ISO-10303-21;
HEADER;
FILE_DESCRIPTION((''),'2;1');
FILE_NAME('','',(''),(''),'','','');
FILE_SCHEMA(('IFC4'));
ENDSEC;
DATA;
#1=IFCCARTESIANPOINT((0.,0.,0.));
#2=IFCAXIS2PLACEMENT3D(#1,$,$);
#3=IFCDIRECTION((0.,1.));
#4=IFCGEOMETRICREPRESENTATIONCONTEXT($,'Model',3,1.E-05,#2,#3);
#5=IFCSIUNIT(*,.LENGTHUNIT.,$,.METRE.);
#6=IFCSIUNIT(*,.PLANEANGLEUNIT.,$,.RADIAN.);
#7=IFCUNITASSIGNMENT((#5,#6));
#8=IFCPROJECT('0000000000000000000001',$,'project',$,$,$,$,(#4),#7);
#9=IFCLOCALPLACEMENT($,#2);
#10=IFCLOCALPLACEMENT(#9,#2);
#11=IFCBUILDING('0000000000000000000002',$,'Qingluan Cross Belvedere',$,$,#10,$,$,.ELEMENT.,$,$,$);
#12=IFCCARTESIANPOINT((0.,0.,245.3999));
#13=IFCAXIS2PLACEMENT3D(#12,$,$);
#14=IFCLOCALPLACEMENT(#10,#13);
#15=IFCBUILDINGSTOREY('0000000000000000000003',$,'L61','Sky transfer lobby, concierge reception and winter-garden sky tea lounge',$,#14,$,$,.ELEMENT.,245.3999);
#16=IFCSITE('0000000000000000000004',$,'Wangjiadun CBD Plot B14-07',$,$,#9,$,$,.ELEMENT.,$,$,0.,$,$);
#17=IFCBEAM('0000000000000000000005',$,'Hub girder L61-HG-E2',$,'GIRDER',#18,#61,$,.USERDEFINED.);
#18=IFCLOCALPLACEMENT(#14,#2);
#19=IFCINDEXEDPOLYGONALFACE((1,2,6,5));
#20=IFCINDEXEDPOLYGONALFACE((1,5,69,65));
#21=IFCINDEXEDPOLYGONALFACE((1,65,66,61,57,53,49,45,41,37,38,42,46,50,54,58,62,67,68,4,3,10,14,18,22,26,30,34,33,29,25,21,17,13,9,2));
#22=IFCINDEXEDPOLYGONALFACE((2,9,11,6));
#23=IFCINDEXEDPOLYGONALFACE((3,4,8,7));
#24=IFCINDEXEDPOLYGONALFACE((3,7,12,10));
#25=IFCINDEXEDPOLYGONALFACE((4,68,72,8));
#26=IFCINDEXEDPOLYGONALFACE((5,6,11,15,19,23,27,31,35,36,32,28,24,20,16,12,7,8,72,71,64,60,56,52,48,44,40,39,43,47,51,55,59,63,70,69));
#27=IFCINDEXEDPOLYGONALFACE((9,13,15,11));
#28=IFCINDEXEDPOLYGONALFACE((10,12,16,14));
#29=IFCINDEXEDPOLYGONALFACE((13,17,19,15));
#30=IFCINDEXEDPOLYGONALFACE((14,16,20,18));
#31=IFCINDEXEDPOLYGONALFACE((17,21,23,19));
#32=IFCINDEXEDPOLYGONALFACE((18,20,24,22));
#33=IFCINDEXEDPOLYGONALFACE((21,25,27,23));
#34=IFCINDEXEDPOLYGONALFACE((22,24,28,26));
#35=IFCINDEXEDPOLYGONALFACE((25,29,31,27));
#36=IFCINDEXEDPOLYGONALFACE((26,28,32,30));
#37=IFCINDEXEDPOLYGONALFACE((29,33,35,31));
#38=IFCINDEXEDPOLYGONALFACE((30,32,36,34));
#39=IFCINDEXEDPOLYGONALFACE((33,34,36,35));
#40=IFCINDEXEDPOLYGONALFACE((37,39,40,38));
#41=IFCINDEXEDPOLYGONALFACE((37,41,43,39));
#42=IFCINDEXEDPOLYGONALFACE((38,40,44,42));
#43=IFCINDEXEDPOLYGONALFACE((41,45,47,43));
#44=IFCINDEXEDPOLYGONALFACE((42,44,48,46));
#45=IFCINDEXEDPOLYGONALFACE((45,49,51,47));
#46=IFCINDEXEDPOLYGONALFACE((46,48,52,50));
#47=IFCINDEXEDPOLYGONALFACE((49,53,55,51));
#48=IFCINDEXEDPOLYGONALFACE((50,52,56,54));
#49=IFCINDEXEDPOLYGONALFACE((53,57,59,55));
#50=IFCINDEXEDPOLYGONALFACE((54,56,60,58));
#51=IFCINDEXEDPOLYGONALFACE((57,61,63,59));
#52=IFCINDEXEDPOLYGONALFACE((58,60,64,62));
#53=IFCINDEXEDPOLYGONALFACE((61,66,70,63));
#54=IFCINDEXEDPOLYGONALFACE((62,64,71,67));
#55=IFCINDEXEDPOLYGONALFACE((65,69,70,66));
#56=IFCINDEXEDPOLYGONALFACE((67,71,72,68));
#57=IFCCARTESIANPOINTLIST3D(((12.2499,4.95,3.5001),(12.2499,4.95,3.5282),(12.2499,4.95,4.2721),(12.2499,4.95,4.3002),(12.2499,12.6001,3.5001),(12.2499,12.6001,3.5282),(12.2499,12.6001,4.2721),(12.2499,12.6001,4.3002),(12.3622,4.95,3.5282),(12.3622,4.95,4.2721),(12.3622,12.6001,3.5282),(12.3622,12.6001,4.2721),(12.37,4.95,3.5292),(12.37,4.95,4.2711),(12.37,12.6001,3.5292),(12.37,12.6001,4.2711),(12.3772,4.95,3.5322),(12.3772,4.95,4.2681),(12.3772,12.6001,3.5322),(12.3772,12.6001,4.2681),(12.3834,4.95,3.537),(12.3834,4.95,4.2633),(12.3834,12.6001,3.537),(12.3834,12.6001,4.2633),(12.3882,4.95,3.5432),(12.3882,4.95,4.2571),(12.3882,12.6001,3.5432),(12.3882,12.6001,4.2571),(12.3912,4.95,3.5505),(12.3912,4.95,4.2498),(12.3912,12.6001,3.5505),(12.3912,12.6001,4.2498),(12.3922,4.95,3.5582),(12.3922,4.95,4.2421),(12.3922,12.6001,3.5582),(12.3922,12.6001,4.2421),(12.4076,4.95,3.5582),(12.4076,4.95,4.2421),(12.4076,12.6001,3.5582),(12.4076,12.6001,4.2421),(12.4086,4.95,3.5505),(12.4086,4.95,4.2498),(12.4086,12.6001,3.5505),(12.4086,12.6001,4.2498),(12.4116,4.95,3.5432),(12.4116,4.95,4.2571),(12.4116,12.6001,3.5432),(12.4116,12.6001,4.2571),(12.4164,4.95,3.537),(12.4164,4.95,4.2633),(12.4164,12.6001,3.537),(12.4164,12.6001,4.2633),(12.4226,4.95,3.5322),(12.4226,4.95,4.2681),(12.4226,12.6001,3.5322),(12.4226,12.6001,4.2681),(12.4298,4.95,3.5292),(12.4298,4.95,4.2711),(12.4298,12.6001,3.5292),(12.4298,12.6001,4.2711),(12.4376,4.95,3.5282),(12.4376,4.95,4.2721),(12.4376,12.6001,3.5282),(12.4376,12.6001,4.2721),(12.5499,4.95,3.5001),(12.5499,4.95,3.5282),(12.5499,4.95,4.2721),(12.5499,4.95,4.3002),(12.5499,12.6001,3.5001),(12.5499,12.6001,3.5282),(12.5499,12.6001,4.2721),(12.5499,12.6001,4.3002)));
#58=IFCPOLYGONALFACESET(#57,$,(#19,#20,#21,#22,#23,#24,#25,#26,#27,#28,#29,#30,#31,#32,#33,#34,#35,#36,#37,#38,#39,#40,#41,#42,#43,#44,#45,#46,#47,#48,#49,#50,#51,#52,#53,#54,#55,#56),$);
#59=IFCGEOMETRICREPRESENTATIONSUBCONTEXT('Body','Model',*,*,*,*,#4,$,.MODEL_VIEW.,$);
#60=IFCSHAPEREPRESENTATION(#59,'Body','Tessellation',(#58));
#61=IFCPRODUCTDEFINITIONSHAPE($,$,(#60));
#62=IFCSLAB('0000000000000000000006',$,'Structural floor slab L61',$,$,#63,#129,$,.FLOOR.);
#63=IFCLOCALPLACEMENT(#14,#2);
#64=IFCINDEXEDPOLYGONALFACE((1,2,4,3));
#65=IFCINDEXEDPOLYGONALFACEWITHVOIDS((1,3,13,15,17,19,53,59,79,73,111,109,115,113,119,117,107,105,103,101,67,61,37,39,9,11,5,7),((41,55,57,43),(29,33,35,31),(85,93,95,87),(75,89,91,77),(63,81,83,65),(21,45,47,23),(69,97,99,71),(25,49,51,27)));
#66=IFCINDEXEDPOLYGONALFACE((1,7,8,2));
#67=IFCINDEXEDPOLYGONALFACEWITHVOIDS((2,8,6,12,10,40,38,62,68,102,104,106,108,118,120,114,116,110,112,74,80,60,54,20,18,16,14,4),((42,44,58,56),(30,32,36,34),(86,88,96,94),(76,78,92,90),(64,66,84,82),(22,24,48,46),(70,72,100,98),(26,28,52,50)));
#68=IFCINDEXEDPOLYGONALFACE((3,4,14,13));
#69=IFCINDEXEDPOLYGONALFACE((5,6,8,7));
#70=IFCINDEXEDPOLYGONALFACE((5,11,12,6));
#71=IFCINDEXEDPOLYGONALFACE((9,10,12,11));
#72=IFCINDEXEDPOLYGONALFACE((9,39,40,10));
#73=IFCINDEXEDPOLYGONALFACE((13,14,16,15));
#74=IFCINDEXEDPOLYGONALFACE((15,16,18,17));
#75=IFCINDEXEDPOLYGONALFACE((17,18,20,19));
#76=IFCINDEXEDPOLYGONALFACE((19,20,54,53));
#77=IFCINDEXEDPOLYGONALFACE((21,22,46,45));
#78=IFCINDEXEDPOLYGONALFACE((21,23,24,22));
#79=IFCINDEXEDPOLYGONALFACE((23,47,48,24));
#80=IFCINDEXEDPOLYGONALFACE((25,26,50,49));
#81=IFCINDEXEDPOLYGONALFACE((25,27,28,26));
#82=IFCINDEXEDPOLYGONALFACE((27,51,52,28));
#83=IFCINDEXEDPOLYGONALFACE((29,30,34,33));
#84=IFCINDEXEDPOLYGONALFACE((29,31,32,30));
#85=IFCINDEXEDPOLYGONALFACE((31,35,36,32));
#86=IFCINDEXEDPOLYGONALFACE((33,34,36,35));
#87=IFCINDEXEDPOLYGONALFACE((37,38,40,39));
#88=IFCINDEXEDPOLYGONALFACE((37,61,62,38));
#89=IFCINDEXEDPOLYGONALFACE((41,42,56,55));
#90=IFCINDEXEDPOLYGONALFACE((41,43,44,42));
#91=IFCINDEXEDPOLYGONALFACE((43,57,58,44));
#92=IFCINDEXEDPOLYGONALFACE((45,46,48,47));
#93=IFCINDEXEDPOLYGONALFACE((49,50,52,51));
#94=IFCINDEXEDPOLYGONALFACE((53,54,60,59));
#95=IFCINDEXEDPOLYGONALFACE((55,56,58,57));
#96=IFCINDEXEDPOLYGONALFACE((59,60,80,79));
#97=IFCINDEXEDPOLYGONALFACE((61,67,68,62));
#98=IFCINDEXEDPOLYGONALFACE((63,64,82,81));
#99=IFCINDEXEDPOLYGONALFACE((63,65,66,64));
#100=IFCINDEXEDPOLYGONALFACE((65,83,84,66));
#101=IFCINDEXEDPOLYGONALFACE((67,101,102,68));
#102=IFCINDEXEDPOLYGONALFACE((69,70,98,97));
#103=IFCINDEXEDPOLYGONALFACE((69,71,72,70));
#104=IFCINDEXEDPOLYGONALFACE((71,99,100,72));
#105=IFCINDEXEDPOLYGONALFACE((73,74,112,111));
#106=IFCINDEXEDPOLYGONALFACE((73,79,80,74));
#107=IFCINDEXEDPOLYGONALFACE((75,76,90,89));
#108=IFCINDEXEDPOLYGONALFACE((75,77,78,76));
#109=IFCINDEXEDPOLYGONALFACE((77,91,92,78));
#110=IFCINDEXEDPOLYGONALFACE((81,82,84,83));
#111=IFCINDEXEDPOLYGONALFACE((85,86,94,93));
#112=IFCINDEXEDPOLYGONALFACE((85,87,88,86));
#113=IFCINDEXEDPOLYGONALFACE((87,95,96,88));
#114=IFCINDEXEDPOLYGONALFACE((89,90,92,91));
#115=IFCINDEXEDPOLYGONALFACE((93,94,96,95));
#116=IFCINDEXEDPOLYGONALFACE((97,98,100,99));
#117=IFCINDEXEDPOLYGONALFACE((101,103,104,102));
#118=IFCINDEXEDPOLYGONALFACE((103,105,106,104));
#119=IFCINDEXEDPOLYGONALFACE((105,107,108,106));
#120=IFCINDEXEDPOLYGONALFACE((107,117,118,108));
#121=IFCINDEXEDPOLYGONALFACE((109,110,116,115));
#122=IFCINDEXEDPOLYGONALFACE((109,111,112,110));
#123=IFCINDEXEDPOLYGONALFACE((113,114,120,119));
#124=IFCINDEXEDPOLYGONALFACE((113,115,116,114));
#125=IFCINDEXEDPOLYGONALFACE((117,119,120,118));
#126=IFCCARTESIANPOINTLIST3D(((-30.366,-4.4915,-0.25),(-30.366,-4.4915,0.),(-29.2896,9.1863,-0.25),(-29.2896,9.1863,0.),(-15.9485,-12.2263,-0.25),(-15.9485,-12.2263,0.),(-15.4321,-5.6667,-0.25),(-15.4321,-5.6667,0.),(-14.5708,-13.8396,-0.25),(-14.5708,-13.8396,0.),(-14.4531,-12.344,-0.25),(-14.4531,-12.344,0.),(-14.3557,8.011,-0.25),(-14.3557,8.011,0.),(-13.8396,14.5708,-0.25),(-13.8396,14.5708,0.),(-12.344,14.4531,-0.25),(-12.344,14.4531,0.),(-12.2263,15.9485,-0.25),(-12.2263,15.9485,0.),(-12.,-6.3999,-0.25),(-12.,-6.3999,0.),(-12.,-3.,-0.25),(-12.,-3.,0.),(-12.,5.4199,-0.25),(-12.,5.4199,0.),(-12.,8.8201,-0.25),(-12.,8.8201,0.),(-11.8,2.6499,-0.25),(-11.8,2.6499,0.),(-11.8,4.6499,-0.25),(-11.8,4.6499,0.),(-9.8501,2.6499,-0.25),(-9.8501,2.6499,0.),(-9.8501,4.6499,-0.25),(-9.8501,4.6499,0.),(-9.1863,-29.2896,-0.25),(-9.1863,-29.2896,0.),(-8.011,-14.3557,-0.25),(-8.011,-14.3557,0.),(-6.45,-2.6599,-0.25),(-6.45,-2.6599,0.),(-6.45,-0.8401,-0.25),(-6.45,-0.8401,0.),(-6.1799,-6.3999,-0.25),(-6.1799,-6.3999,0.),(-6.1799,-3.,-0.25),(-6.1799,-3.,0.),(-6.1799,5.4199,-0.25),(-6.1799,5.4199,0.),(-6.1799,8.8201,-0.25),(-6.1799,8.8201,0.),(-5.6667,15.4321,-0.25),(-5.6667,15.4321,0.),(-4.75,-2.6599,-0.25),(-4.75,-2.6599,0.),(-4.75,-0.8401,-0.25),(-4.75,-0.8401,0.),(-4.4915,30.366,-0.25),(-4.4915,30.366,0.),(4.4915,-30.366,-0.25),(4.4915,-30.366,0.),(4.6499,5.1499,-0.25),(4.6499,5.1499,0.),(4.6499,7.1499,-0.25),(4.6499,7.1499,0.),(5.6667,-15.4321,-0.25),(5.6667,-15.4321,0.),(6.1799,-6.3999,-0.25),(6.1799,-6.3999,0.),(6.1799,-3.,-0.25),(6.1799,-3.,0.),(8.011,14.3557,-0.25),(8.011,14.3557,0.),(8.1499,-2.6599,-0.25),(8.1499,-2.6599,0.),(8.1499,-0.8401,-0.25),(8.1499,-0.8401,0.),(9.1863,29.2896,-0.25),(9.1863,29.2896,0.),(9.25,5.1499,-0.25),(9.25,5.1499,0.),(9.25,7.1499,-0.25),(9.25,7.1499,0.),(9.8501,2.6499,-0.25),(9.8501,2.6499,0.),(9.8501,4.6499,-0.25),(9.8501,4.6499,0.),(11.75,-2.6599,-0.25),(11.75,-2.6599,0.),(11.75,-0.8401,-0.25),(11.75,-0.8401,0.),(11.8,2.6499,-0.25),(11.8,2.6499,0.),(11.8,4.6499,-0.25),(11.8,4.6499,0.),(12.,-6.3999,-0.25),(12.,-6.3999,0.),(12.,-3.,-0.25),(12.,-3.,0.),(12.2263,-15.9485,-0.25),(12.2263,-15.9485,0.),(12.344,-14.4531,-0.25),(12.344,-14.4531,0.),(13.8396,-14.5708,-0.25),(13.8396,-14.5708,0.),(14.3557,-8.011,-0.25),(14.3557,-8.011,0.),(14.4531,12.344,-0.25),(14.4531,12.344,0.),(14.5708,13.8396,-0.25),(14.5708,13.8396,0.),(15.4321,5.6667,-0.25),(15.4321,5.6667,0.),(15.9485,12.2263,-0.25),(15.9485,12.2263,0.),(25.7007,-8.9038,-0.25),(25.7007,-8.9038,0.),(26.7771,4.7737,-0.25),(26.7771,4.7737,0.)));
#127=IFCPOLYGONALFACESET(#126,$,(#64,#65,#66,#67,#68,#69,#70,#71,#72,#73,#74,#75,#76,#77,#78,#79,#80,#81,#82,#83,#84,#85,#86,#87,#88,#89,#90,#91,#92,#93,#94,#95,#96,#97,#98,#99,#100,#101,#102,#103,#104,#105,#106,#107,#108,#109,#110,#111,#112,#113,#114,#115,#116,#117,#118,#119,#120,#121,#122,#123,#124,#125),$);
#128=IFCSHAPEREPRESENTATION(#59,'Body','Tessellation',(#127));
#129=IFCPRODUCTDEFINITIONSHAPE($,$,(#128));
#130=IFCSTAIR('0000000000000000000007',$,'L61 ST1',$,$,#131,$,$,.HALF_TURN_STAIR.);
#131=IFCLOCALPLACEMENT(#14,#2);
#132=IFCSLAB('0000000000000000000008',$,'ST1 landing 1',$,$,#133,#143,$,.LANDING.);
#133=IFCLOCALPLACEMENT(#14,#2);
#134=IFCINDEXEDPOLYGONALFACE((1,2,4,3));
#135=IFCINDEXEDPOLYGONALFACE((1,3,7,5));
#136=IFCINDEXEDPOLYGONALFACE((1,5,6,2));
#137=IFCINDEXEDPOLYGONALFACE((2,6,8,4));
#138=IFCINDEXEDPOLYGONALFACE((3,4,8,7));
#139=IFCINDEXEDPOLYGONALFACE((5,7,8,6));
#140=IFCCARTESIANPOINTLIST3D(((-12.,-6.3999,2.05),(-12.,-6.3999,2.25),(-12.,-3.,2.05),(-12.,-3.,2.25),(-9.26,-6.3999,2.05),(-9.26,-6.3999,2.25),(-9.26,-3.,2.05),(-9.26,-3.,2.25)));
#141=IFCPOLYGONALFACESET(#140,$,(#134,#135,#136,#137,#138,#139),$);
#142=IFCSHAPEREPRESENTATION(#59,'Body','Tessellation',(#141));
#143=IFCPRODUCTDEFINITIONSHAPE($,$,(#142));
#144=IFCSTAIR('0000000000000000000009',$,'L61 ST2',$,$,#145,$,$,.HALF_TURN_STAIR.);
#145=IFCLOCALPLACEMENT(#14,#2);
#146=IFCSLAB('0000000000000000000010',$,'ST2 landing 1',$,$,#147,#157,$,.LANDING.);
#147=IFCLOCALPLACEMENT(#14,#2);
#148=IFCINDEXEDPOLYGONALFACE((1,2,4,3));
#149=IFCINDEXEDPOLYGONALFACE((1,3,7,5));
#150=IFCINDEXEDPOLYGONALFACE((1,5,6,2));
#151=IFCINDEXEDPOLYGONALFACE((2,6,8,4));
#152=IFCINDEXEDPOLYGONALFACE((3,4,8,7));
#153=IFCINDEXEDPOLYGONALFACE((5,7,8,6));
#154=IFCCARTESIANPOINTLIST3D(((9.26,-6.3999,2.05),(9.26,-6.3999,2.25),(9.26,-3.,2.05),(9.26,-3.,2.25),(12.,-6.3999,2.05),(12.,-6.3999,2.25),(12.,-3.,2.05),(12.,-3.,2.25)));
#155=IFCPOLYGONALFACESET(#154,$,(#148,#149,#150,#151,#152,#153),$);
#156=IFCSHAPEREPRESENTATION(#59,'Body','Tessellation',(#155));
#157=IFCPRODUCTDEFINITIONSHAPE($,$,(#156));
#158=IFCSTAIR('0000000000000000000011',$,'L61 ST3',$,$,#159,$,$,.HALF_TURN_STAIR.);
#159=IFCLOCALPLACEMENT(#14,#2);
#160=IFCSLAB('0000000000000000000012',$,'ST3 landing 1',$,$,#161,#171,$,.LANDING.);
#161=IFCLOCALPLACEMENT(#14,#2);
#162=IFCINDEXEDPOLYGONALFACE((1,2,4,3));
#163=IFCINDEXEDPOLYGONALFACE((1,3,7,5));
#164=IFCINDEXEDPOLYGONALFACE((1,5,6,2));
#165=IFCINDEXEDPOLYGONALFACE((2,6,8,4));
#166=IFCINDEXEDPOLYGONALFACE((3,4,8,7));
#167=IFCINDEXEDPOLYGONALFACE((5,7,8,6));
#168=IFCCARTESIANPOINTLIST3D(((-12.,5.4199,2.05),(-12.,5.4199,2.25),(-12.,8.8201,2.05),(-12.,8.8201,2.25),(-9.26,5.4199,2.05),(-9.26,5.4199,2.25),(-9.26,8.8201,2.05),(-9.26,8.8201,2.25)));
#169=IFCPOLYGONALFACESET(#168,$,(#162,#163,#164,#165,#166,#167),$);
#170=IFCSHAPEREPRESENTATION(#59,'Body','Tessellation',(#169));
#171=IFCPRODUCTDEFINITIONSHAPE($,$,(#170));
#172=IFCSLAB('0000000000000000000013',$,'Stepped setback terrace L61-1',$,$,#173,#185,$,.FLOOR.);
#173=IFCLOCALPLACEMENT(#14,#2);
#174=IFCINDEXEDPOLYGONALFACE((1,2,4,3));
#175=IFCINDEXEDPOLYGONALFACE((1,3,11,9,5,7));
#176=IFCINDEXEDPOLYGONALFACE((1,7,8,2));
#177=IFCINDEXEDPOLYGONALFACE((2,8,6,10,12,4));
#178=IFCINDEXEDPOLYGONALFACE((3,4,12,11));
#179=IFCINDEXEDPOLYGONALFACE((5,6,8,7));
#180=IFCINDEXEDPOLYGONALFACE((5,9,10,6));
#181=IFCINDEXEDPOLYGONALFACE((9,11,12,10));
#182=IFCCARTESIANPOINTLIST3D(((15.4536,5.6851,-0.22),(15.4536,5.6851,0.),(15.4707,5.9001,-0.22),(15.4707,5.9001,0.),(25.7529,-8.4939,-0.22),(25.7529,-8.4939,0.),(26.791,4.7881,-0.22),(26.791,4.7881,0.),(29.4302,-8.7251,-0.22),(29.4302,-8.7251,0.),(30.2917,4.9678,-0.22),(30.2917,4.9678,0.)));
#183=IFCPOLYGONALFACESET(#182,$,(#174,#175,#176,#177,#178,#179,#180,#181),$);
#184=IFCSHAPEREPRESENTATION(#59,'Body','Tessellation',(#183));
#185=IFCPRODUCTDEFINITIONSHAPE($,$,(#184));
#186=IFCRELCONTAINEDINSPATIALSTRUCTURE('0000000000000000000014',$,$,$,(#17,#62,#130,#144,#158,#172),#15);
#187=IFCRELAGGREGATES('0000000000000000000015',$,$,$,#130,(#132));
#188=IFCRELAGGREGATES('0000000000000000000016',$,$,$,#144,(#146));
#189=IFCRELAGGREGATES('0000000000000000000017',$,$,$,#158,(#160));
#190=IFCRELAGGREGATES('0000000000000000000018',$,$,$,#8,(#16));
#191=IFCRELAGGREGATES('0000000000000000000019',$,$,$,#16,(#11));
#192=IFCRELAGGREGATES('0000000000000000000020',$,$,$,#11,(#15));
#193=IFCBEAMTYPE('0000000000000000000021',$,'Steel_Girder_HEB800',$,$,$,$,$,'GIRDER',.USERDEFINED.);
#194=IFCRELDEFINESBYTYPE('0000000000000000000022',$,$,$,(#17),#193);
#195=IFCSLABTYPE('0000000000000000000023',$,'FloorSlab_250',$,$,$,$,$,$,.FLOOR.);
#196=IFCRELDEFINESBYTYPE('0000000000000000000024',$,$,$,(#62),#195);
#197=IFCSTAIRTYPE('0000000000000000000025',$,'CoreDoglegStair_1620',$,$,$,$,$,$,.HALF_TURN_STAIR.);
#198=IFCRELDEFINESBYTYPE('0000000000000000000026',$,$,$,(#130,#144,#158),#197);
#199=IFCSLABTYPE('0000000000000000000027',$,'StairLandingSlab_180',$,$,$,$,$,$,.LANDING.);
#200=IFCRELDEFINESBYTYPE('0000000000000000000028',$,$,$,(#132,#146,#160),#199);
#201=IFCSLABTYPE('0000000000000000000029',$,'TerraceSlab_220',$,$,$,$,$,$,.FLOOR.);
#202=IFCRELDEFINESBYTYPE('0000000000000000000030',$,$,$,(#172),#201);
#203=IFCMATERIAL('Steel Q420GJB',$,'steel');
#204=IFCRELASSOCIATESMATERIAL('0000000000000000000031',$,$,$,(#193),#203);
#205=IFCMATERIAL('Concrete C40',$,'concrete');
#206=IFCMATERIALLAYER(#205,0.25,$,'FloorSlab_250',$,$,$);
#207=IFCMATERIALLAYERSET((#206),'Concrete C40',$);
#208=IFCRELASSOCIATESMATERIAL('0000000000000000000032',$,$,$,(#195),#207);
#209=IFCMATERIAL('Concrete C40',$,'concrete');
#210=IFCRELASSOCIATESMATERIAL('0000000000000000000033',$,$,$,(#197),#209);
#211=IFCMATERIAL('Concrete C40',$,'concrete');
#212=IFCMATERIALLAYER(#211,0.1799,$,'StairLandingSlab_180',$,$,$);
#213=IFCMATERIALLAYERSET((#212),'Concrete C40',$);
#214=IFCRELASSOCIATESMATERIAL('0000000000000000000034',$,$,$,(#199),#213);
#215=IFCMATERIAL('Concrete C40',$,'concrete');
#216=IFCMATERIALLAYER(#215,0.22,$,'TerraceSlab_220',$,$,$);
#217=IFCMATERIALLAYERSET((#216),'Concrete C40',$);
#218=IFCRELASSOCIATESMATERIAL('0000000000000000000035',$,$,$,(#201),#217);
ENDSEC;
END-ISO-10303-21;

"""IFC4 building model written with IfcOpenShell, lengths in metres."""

from ifc_helpers import new_model, si_unit, direction, frame, origin, origin_2d, place, context, subcontext, project, spatial, polyline, i_section, outline, extrude, material, layer, layer_set, material_profile, profile_set, type_object, element, aggregate, save


model = new_model("IFC4")

# Units and contexts
model_context = context("Model", 3, precision=1e-05, world=origin(), true_north=direction((0.0, 1.0)))
body_context = subcontext(model_context, "Body", "Model", "MODEL_VIEW")
ifc_project = project(units=[si_unit("LENGTHUNIT", "METRE"), si_unit("PLANEANGLEUNIT", "RADIAN")], contexts=[model_context])

# Site, building, storey
site_placement = place(None, origin())
site = spatial("IfcSite", under=ifc_project, at=site_placement, Name="Wangjiadun CBD Plot B14-07", CompositionType="ELEMENT", RefElevation=0.0)
building_placement = place(site_placement, origin())
building = spatial("IfcBuilding", under=site, at=building_placement, Name="Qingluan Cross Belvedere", CompositionType="ELEMENT")
storey_placement = place(building_placement, frame((0.0, 0.0, 245.3999)))
storey = spatial("IfcBuildingStorey", under=building, at=storey_placement, Name="L61", Description="Sky transfer lobby, concierge reception and winter-garden sky tea lounge", CompositionType="ELEMENT", Elevation=245.3999)

# Beam
ifc_material_1 = material(Name="Steel Q420GJB", Category="steel")
ifc_material_profile = material_profile(ifc_material_1, i_section(OverallWidth=0.3, OverallDepth=0.8, WebThickness=0.0154, FlangeThickness=0.0281, FilletRadius=0.03, at=origin_2d()), Name="HEB800")
ifc_profile_set = profile_set([ifc_material_profile], Name="Steel Q420GJB")
beam_type = type_object("IfcBeamType", Name="Steel_Girder_HEB800", ElementType="GIRDER", PredefinedType="USERDEFINED", material=ifc_profile_set)
beam_placement = place(storey_placement, frame((12.3999, 4.95, 3.9001), z_axis=(0.0, 1.0, 0.0), x_axis=(-1.0, 0.0, 0.0)))
element("IfcBeam", 1, at=beam_placement, inside=storey, type_object=beam_type, Name="Hub girder L61-HG-E2", ObjectType="GIRDER", PredefinedType="USERDEFINED", context=body_context, shape_type="SweptSolid", body=[
    extrude(i_section(OverallWidth=0.3, OverallDepth=0.8, WebThickness=0.0154, FlangeThickness=0.0281, FilletRadius=0.03, at=origin_2d()), origin(), (0.0, 0.0, 1.0), 7.6501),
])

# Slab
ifc_material_2 = material(Name="Concrete C40", Category="concrete")
ifc_layer_1 = layer(ifc_material_2, 0.25, Name="FloorSlab_250")
ifc_layer_set_1 = layer_set([ifc_layer_1], Name="Concrete C40")
slab_type_1 = type_object("IfcSlabType", Name="FloorSlab_250", PredefinedType="FLOOR", material=ifc_layer_set_1)
slab_1_placement = place(storey_placement, frame((0.0, 0.0, -0.25)))
element("IfcSlab", 2, at=slab_1_placement, inside=storey, type_object=slab_type_1, Name="Structural floor slab L61", PredefinedType="FLOOR", context=body_context, shape_type="SweptSolid", body=[
    extrude(outline(polyline([(4.4915, -30.366), (5.6667, -15.4321), (12.2263, -15.9485), (12.344, -14.4531), (13.8396, -14.5708), (14.3557, -8.011), (25.7007, -8.9038), (26.7771, 4.7737), (15.4321, 5.6667), (15.9485, 12.2263), (14.4531, 12.344), (14.5708, 13.8396), (8.011, 14.3557), (9.1863, 29.2896), (-4.4915, 30.366), (-5.6667, 15.4321), (-12.2263, 15.9485), (-12.344, 14.4531), (-13.8396, 14.5708), (-14.3557, 8.011), (-29.2896, 9.1863), (-30.366, -4.4915), (-15.4321, -5.6667), (-15.9485, -12.2263), (-14.4531, -12.344), (-14.5708, -13.8396), (-8.011, -14.3557), (-9.1863, -29.2896), (4.4915, -30.366)]), holes=[polyline([(-12.0, -3.0), (-6.1799, -3.0), (-6.1799, -6.3999), (-12.0, -6.3999), (-12.0, -3.0)]), polyline([(6.1799, -3.0), (12.0, -3.0), (12.0, -6.3999), (6.1799, -6.3999), (6.1799, -3.0)]), polyline([(-12.0, 8.8201), (-6.1799, 8.8201), (-6.1799, 5.4199), (-12.0, 5.4199), (-12.0, 8.8201)]), polyline([(-11.8, 4.6499), (-9.8501, 4.6499), (-9.8501, 2.6499), (-11.8, 2.6499), (-11.8, 4.6499)]), polyline([(9.8501, 4.6499), (11.8, 4.6499), (11.8, 2.6499), (9.8501, 2.6499), (9.8501, 4.6499)]), polyline([(-6.45, -0.8401), (-4.75, -0.8401), (-4.75, -2.6599), (-6.45, -2.6599), (-6.45, -0.8401)]), polyline([(8.1499, -0.8401), (11.75, -0.8401), (11.75, -2.6599), (8.1499, -2.6599), (8.1499, -0.8401)]), polyline([(4.6499, 7.1499), (9.25, 7.1499), (9.25, 5.1499), (4.6499, 5.1499), (4.6499, 7.1499)])]), origin(), (0.0, 0.0, 1.0), 0.25),
])

# Stairs, slabs
ifc_material_3 = material(Name="Concrete C40", Category="concrete")
stair_type = type_object("IfcStairType", Name="CoreDoglegStair_1620", PredefinedType="HALF_TURN_STAIR", material=ifc_material_3)
stair_1_placement = place(storey_placement, origin())
stair_1 = element("IfcStair", 3, at=stair_1_placement, inside=storey, type_object=stair_type, Name="L61 ST1", PredefinedType="HALF_TURN_STAIR")
ifc_material_4 = material(Name="Concrete C40", Category="concrete")
ifc_layer_2 = layer(ifc_material_4, 0.1799, Name="StairLandingSlab_180")
ifc_layer_set_2 = layer_set([ifc_layer_2], Name="Concrete C40")
slab_type_2 = type_object("IfcSlabType", Name="StairLandingSlab_180", PredefinedType="LANDING", material=ifc_layer_set_2)
slab_2_placement = place(storey_placement, frame((0.0, 0.0, 2.05)))
slab_2 = element("IfcSlab", 4, at=slab_2_placement, type_object=slab_type_2, Name="ST1 landing 1", PredefinedType="LANDING", context=body_context, shape_type="SweptSolid", body=[
    extrude(outline(polyline([(-9.26, -3.0), (-12.0, -3.0), (-12.0, -6.3999), (-9.26, -6.3999), (-9.26, -3.0)])), origin(), (0.0, 0.0, 1.0), 0.2),
])
aggregate(stair_1, [slab_2])
stair_2_placement = place(storey_placement, origin())
stair_2 = element("IfcStair", 5, at=stair_2_placement, inside=storey, type_object=stair_type, Name="L61 ST2", PredefinedType="HALF_TURN_STAIR")
slab_3_placement = place(storey_placement, frame((0.0, 0.0, 2.05)))
slab_3 = element("IfcSlab", 6, at=slab_3_placement, type_object=slab_type_2, Name="ST2 landing 1", PredefinedType="LANDING", context=body_context, shape_type="SweptSolid", body=[
    extrude(outline(polyline([(9.26, -6.3999), (12.0, -6.3999), (12.0, -3.0), (9.26, -3.0), (9.26, -6.3999)])), origin(), (0.0, 0.0, 1.0), 0.2),
])
aggregate(stair_2, [slab_3])
stair_3_placement = place(storey_placement, origin())
stair_3 = element("IfcStair", 7, at=stair_3_placement, inside=storey, type_object=stair_type, Name="L61 ST3", PredefinedType="HALF_TURN_STAIR")
slab_4_placement = place(storey_placement, frame((0.0, 0.0, 2.05)))
slab_4 = element("IfcSlab", 8, at=slab_4_placement, type_object=slab_type_2, Name="ST3 landing 1", PredefinedType="LANDING", context=body_context, shape_type="SweptSolid", body=[
    extrude(outline(polyline([(-9.26, 8.8201), (-12.0, 8.8201), (-12.0, 5.4199), (-9.26, 5.4199), (-9.26, 8.8201)])), origin(), (0.0, 0.0, 1.0), 0.2),
])
aggregate(stair_3, [slab_4])

# Slab
ifc_material_5 = material(Name="Concrete C40", Category="concrete")
ifc_layer_3 = layer(ifc_material_5, 0.22, Name="TerraceSlab_220")
ifc_layer_set_3 = layer_set([ifc_layer_3], Name="Concrete C40")
slab_type_3 = type_object("IfcSlabType", Name="TerraceSlab_220", PredefinedType="FLOOR", material=ifc_layer_set_3)
slab_5_placement = place(storey_placement, frame((0.0, 0.0, -0.22)))
element("IfcSlab", 9, at=slab_5_placement, inside=storey, type_object=slab_type_3, Name="Stepped setback terrace L61-1", PredefinedType="FLOOR", context=body_context, shape_type="SweptSolid", body=[
    extrude(outline(polyline([(30.2917, 4.9678), (15.4707, 5.9001), (15.4536, 5.6851), (26.791, 4.7881), (25.7529, -8.4939), (29.4302, -8.7251), (30.2917, 4.9678)])), origin(), (0.0, 0.0, 1.0), 0.22),
])

save(model, "model.ifc")
